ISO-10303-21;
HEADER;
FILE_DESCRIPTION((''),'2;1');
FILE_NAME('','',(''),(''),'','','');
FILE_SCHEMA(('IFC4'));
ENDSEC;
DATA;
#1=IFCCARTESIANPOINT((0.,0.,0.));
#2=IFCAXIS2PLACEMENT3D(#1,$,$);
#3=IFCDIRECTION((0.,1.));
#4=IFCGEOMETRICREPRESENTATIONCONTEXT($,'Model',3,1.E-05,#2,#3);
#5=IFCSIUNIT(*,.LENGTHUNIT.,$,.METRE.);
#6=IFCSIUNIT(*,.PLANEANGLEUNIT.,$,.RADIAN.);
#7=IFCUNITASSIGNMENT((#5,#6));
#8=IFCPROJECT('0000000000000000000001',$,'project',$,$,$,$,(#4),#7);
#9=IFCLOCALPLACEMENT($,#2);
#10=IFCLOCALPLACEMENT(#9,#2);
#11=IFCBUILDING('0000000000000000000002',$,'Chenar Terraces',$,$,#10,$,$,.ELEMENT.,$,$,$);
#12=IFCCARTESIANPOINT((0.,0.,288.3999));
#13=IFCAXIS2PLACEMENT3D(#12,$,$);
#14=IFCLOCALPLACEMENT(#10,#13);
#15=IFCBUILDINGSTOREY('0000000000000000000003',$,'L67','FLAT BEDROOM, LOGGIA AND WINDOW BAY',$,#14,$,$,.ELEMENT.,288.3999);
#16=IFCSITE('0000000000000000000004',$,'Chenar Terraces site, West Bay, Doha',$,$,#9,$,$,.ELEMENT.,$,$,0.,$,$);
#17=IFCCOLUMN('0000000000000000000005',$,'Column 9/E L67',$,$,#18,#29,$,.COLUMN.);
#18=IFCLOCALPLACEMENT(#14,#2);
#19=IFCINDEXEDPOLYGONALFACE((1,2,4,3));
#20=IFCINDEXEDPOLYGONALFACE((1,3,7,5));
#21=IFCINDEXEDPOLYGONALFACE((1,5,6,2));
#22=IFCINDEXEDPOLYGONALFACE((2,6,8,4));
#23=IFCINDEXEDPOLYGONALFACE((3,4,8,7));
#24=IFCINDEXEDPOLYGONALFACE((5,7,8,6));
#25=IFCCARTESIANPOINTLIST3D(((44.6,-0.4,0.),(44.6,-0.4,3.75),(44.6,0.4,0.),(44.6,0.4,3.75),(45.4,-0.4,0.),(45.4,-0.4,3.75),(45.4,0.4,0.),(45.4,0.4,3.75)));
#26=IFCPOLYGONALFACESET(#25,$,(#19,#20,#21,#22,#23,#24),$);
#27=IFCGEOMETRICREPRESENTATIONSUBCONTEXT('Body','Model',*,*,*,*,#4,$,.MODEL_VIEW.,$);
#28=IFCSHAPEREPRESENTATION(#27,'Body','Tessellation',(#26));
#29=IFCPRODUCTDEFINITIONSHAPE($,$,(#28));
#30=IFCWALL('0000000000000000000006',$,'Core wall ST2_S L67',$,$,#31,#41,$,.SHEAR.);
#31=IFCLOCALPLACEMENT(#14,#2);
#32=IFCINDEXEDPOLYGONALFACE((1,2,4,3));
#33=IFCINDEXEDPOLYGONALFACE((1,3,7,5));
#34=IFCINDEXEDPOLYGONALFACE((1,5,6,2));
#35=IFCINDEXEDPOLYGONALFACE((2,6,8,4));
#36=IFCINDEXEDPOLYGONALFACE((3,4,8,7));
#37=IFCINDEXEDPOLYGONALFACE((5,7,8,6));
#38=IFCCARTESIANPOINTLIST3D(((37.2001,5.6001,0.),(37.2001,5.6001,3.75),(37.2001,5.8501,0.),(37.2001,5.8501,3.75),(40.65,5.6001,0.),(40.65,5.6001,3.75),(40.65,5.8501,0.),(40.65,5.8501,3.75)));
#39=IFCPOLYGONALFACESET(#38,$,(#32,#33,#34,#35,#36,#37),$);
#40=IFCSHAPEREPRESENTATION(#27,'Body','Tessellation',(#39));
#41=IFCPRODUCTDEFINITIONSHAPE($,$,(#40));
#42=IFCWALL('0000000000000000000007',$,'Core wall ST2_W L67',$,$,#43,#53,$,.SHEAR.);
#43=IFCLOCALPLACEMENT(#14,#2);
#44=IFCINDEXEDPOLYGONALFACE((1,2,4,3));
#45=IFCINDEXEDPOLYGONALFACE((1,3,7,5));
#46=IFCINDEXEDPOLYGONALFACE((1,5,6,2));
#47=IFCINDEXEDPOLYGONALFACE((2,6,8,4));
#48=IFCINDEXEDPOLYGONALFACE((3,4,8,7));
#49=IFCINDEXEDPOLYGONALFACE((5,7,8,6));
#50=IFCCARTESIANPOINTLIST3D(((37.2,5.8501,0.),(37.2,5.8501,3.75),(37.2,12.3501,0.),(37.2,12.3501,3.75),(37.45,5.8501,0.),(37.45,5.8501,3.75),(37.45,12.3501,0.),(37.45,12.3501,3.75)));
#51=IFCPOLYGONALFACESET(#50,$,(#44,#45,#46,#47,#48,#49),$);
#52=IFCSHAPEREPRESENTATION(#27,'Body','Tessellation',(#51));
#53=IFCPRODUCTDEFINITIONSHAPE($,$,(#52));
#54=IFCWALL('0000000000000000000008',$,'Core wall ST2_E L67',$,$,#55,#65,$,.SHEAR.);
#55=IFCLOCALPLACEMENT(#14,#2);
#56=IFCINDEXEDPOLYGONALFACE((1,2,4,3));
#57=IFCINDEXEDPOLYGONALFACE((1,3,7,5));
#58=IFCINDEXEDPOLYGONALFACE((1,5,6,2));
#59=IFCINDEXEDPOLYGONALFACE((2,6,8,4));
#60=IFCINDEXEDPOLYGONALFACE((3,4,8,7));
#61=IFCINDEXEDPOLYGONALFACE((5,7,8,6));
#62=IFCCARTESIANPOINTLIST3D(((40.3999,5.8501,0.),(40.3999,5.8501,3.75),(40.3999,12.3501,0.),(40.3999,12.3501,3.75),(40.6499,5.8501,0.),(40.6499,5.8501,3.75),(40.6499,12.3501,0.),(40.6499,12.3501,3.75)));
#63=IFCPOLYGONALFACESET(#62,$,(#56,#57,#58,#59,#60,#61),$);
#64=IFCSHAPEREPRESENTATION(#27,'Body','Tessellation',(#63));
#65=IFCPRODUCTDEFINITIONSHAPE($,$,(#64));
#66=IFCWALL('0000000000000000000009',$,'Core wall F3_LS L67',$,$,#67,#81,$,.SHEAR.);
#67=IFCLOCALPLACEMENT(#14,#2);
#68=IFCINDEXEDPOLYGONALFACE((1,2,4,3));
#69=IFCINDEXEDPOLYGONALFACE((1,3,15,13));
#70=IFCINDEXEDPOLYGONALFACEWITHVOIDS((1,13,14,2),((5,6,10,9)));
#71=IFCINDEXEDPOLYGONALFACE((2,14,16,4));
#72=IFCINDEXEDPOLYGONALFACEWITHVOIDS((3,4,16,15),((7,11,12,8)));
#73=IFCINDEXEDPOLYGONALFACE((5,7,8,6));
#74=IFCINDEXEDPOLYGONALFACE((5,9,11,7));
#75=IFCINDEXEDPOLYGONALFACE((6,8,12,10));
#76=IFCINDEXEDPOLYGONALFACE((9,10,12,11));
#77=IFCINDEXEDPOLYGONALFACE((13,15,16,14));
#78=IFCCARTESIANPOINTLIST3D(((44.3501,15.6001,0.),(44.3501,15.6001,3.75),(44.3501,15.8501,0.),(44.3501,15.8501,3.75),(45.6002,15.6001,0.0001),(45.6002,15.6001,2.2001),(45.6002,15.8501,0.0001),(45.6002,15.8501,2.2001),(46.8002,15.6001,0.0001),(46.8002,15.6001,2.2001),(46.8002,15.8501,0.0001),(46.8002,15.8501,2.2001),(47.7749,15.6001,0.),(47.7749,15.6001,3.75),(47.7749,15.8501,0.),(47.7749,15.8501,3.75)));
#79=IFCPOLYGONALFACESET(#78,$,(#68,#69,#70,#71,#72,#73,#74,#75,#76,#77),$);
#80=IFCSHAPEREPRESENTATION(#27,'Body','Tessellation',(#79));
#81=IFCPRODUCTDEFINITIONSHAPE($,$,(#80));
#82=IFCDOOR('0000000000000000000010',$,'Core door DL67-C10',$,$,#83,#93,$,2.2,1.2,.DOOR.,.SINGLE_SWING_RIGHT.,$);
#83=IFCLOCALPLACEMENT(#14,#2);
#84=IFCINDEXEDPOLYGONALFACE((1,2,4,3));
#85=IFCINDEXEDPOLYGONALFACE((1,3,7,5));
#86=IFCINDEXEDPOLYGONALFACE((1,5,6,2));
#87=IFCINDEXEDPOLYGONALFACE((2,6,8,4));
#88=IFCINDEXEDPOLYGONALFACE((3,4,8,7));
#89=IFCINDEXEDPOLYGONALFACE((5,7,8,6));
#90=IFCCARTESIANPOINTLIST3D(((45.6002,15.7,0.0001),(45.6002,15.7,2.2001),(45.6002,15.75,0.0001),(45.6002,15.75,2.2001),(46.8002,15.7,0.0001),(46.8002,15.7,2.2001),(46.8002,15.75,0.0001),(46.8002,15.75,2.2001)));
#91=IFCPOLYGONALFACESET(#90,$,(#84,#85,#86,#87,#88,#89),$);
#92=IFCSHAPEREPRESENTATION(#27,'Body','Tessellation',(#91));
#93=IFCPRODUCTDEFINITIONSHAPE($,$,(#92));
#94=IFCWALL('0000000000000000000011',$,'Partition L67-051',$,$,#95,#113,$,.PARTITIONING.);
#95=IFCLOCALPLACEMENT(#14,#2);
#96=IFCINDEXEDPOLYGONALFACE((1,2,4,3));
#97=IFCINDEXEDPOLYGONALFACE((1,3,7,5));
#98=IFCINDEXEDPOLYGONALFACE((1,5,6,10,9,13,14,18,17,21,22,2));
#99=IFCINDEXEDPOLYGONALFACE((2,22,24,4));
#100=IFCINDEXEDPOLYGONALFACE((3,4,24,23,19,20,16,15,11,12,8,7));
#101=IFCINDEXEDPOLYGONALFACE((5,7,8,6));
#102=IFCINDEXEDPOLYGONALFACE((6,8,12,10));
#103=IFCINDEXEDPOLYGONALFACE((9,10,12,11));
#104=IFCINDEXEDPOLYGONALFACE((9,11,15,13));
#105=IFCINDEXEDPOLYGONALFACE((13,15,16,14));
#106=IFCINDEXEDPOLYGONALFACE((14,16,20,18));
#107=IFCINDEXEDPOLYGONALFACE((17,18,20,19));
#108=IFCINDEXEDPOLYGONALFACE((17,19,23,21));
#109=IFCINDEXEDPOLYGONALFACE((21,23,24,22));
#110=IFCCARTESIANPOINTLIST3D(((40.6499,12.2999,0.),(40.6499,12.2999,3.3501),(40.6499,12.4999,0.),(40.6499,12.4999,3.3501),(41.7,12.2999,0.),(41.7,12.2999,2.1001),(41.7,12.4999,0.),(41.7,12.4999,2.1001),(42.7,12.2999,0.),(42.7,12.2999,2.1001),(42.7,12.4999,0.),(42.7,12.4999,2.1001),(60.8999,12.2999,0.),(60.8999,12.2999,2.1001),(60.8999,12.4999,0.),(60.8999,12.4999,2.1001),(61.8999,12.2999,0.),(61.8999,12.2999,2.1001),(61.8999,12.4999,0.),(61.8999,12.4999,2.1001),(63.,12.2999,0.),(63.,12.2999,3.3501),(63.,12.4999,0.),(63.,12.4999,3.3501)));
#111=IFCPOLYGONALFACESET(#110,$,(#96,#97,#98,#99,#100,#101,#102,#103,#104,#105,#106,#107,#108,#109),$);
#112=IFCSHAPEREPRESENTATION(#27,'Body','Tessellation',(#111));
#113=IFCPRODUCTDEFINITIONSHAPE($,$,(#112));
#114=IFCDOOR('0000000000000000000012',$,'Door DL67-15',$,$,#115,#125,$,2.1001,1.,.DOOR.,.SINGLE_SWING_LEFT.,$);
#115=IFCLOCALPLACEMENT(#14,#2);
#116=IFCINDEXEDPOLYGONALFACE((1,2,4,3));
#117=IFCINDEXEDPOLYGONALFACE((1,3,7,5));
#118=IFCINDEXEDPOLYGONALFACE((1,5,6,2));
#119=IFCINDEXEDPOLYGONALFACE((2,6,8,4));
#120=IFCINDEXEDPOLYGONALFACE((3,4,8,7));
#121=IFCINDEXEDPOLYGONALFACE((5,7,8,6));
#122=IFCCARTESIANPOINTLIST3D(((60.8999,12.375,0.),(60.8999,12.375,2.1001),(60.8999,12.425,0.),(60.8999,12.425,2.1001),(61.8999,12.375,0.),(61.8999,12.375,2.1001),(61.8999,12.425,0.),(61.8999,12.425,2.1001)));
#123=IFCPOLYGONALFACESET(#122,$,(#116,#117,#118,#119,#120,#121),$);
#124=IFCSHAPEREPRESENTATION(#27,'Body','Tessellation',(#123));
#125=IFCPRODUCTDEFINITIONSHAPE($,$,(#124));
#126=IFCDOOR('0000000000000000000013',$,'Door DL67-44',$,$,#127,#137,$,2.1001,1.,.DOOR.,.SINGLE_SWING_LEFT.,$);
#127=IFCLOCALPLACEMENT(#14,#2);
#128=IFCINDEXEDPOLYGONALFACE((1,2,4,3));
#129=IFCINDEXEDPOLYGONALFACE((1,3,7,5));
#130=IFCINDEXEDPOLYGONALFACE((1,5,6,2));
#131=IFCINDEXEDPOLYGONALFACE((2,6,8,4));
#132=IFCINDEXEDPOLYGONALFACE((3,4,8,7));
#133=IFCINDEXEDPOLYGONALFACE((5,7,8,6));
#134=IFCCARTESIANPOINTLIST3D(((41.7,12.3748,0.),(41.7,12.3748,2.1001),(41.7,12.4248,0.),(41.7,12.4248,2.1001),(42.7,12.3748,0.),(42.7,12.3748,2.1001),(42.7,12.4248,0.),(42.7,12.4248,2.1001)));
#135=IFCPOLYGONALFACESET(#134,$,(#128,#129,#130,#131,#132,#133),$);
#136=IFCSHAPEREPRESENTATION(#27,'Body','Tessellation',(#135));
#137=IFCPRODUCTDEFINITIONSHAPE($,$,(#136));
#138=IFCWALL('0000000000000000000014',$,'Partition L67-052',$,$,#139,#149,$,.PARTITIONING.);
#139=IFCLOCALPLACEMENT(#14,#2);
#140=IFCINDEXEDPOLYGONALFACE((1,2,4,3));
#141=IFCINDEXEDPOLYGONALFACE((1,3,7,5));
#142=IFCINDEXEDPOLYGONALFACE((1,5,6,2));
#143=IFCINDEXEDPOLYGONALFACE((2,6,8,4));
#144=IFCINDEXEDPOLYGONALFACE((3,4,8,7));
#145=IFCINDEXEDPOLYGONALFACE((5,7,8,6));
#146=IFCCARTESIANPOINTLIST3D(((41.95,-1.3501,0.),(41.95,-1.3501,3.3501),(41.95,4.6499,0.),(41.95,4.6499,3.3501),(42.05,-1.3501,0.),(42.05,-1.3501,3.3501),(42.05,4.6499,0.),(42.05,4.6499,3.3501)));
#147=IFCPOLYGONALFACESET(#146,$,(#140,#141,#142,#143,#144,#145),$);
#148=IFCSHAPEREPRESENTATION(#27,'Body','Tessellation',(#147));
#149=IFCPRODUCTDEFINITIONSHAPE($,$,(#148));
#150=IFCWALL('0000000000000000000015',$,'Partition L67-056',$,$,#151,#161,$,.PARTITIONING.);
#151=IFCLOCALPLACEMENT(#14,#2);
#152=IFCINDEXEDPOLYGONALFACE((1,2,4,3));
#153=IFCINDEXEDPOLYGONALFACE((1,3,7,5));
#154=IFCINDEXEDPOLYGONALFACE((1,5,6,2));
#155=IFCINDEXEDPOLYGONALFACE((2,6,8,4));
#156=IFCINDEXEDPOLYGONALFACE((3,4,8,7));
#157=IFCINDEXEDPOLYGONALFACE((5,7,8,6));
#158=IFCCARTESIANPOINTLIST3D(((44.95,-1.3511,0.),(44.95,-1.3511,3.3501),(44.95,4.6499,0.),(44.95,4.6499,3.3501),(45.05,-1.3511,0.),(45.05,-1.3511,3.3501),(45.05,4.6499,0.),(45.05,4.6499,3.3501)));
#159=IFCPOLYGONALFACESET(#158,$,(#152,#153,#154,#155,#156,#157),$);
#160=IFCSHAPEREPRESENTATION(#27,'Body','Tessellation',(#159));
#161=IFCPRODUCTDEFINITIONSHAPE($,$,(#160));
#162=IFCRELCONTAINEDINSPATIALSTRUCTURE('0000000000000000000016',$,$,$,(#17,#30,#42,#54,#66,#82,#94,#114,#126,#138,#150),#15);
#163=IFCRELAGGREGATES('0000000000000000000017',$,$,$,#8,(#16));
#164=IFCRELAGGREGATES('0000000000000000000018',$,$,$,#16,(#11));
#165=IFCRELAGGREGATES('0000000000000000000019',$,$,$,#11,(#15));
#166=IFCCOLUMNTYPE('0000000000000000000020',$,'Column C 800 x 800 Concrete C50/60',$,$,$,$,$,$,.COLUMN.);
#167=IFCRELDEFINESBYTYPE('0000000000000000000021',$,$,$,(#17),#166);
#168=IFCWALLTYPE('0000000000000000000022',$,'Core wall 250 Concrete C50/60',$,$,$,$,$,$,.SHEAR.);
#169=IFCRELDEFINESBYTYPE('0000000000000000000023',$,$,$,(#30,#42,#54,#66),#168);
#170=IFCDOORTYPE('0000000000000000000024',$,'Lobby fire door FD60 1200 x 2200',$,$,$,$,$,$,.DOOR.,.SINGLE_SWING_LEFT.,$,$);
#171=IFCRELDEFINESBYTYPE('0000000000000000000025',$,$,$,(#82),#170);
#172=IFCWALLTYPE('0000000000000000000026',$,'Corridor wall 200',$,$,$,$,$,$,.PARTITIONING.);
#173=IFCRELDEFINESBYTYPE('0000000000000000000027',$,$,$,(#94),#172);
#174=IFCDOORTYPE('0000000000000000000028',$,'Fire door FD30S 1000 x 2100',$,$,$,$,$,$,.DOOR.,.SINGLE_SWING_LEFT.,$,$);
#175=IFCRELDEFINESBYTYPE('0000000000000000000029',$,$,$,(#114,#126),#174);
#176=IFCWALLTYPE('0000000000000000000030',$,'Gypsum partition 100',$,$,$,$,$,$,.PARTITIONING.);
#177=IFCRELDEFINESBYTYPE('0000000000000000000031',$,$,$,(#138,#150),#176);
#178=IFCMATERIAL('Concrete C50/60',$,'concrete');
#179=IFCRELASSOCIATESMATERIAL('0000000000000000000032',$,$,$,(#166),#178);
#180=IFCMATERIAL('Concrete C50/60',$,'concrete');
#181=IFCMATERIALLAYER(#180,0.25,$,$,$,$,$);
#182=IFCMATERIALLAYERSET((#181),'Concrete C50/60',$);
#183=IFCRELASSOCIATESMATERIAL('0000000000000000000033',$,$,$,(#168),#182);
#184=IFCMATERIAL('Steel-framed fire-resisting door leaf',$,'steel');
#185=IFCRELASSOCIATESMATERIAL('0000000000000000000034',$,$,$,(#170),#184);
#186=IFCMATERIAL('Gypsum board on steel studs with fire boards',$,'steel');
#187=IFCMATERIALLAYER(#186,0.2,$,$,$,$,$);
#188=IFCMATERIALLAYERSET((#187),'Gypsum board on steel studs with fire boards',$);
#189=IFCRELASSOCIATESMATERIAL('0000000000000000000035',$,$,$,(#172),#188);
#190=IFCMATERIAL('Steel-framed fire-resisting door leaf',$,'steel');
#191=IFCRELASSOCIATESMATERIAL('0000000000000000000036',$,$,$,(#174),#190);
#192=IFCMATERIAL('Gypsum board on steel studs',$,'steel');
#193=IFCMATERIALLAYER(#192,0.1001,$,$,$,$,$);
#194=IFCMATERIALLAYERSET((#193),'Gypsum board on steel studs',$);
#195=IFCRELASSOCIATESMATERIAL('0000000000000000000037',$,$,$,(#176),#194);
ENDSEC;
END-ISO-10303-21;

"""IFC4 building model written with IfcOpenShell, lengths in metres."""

from ifc_helpers import new_model, si_unit, direction, frame, frame_2d, origin, origin_2d, place, context, subcontext, project, spatial, rectangle, extrude, material, layer, layer_set, material_profile, profile_set, type_object, element, fill, save


model = new_model("IFC4")

# Units and contexts
model_context = context("Model", 3, precision=1e-05, world=origin(), true_north=direction((0.0, 1.0)))
body_context = subcontext(model_context, "Body", "Model", "MODEL_VIEW")
ifc_project = project(units=[si_unit("LENGTHUNIT", "METRE"), si_unit("PLANEANGLEUNIT", "RADIAN")], contexts=[model_context])

# Site, building, storey
site_placement = place(None, origin())
site = spatial("IfcSite", under=ifc_project, at=site_placement, Name="Chenar Terraces site, West Bay, Doha", CompositionType="ELEMENT", RefElevation=0.0)
building_placement = place(site_placement, origin())
building = spatial("IfcBuilding", under=site, at=building_placement, Name="Chenar Terraces", CompositionType="ELEMENT")
storey_placement = place(building_placement, frame((0.0, 0.0, 288.3999)))
storey = spatial("IfcBuildingStorey", under=building, at=storey_placement, Name="L67", Description="FLAT BEDROOM, LOGGIA AND WINDOW BAY", CompositionType="ELEMENT", Elevation=288.3999)

# Column
ifc_material_1 = material(Name="Concrete C50/60", Category="concrete")
ifc_material_profile_1 = material_profile(ifc_material_1, rectangle(XDim=0.8, YDim=0.8, at=origin_2d()), Name="C 800 x 800")
ifc_profile_set_1 = profile_set([ifc_material_profile_1], Name="Concrete C50/60")
column_type = type_object("IfcColumnType", Name="Column C 800 x 800 Concrete C50/60", PredefinedType="COLUMN", material=ifc_profile_set_1)
column_placement = place(storey_placement, frame((45.0, 0.0, 0.0), z_axis=(0.0, 0.0, 1.0), x_axis=(1.0, 0.0, 0.0)))
element("IfcColumn", 1, at=column_placement, inside=storey, type_object=column_type, Name="Column 9/E L67", PredefinedType="COLUMN", context=body_context, shape_type="SweptSolid", body=[
    extrude(rectangle(XDim=0.8, YDim=0.8, at=origin_2d()), origin(), (0.0, 0.0, 1.0), 3.75),
])

# Walls
ifc_material_2 = material(Name="Concrete C50/60", Category="concrete")
ifc_layer_1 = layer(ifc_material_2, 0.25)
ifc_layer_set_1 = layer_set([ifc_layer_1], Name="Concrete C50/60")
wall_type_1 = type_object("IfcWallType", Name="Core wall 250 Concrete C50/60", PredefinedType="SHEAR", material=ifc_layer_set_1)
wall_1_placement = place(storey_placement, frame((37.2, 5.7251, 0.0), z_axis=(0.0, 0.0, 1.0), x_axis=(1.0, 0.0, 0.0)))
element("IfcWall", 2, at=wall_1_placement, inside=storey, type_object=wall_type_1, Name="Core wall ST2_S L67", PredefinedType="SHEAR", context=body_context, shape_type="SweptSolid", body=[
    extrude(rectangle(XDim=3.45, YDim=0.25, at=frame_2d((1.7251, 0.0))), origin(), (0.0, 0.0, 1.0), 3.75),
])
for number, where, z_axis, x_axis, name in (
    (3, (37.325, 5.8501, 0.0), (0.0, 0.0, 1.0), (0.0, 1.0, 0.0), "Core wall ST2_W L67"),
    (4, (40.5249, 5.8501, 0.0), (0.0, 0.0, 1.0), (0.0, 1.0, 0.0), "Core wall ST2_E L67"),
):
    element("IfcWall", number, at=place(storey_placement, frame(where, z_axis=z_axis, x_axis=x_axis)), inside=storey, type_object=wall_type_1, Name=name, PredefinedType="SHEAR", context=body_context, shape_type="SweptSolid", body=[
        extrude(rectangle(XDim=6.5, YDim=0.25, at=frame_2d((3.25, 0.0))), origin(), (0.0, 0.0, 1.0), 3.75),
    ])

# Wall, opening, door
wall_2_placement = place(storey_placement, frame((44.3501, 15.7251, 0.0), z_axis=(0.0, 0.0, 1.0), x_axis=(1.0, 0.0, 0.0)))
wall_2 = element("IfcWall", 5, at=wall_2_placement, inside=storey, type_object=wall_type_1, Name="Core wall F3_LS L67", PredefinedType="SHEAR", context=body_context, shape_type="SweptSolid", body=[
    extrude(rectangle(XDim=3.4248, YDim=0.25, at=frame_2d((1.7124, 0.0))), origin(), (0.0, 0.0, 1.0), 3.75),
])
opening_1_placement = place(wall_2_placement, frame((1.25, 0.0, 0.0)))
opening_1 = element("IfcOpeningElement", 6, at=opening_1_placement, cuts=wall_2, PredefinedType="OPENING", context=body_context, shape_type="SweptSolid", body=[
    extrude(rectangle(XDim=1.2, YDim=2.2, at=frame_2d((0.6001, 1.1001))), frame((0.0, 0.135, 0.0), z_axis=(0.0, -1.0, 0.0), x_axis=(1.0, 0.0, 0.0)), (0.0, 0.0, 1.0), 0.27),
])
ifc_material_3 = material(Name="Steel-framed fire-resisting door leaf", Category="steel")
door_type_1 = type_object("IfcDoorType", Name="Lobby fire door FD60 1200 x 2200", OperationType="SINGLE_SWING_LEFT", PredefinedType="DOOR", material=ifc_material_3)
door_1_placement = place(opening_1_placement, origin())
door_1 = element("IfcDoor", 7, at=door_1_placement, inside=storey, type_object=door_type_1, Name="Core door DL67-C10", OperationType="SINGLE_SWING_RIGHT", OverallHeight=2.2, OverallWidth=1.2, PredefinedType="DOOR", context=body_context, shape_type="SweptSolid", body=[
    extrude(rectangle(XDim=1.2, YDim=2.2, at=frame_2d((0.6001, 1.1001))), frame((0.0, 0.0249, 0.0), z_axis=(0.0, -1.0, 0.0), x_axis=(1.0, 0.0, 0.0)), (0.0, 0.0, 1.0), 0.05),
])
fill(opening_1, door_1)

# Wall, openings, doors
ifc_material_4 = material(Name="Gypsum board on steel studs with fire boards", Category="steel")
ifc_layer_2 = layer(ifc_material_4, 0.2)
ifc_layer_set_2 = layer_set([ifc_layer_2], Name="Gypsum board on steel studs with fire boards")
wall_type_2 = type_object("IfcWallType", Name="Corridor wall 200", PredefinedType="PARTITIONING", material=ifc_layer_set_2)
wall_3_placement = place(storey_placement, frame((40.6499, 12.3999, 0.0), z_axis=(0.0, 0.0, 1.0), x_axis=(1.0, 0.0, 0.0)))
wall_3 = element("IfcWall", 8, at=wall_3_placement, inside=storey, type_object=wall_type_2, Name="Partition L67-051", PredefinedType="PARTITIONING", context=body_context, shape_type="SweptSolid", body=[
    extrude(rectangle(XDim=22.3501, YDim=0.2, at=frame_2d((11.175, 0.0))), origin(), (0.0, 0.0, 1.0), 3.3501),
])
opening_2_placement = place(wall_3_placement, frame((20.25, 0.0, 0.0)))
opening_2 = element("IfcOpeningElement", 9, at=opening_2_placement, cuts=wall_3, PredefinedType="OPENING", context=body_context, shape_type="SweptSolid", body=[
    extrude(rectangle(XDim=1.0, YDim=2.1001, at=frame_2d((0.5, 1.05))), frame((0.0, 0.1099, 0.0), z_axis=(0.0, -1.0, 0.0), x_axis=(1.0, 0.0, 0.0)), (0.0, 0.0, 1.0), 0.22),
])
opening_3_placement = place(wall_3_placement, frame((1.05, 0.0, 0.0)))
opening_3 = element("IfcOpeningElement", 10, at=opening_3_placement, cuts=wall_3, PredefinedType="OPENING", context=body_context, shape_type="SweptSolid", body=[
    extrude(rectangle(XDim=1.0, YDim=2.1001, at=frame_2d((0.5, 1.05))), frame((0.0, 0.1099, 0.0), z_axis=(0.0, -1.0, 0.0), x_axis=(1.0, 0.0, 0.0)), (0.0, 0.0, 1.0), 0.22),
])
ifc_material_5 = material(Name="Steel-framed fire-resisting door leaf", Category="steel")
door_type_2 = type_object("IfcDoorType", Name="Fire door FD30S 1000 x 2100", OperationType="SINGLE_SWING_LEFT", PredefinedType="DOOR", material=ifc_material_5)
door_2_placement = place(opening_2_placement, frame((1.0, 0.0, 0.0), z_axis=(0.0, 0.0, 1.0), x_axis=(-1.0, 0.0, 0.0)))
door_2 = element("IfcDoor", 11, at=door_2_placement, inside=storey, type_object=door_type_2, Name="Door DL67-15", OperationType="SINGLE_SWING_LEFT", OverallHeight=2.1001, OverallWidth=1.0, PredefinedType="DOOR", context=body_context, shape_type="SweptSolid", body=[
    extrude(rectangle(XDim=1.0, YDim=2.1001, at=frame_2d((0.5, 1.05))), frame((0.0, 0.0249, 0.0), z_axis=(0.0, -1.0, 0.0), x_axis=(1.0, 0.0, 0.0)), (0.0, 0.0, 1.0), 0.05),
])
fill(opening_2, door_2)
door_3_placement = place(opening_3_placement, origin())
door_3 = element("IfcDoor", 12, at=door_3_placement, inside=storey, type_object=door_type_2, Name="Door DL67-44", OperationType="SINGLE_SWING_LEFT", OverallHeight=2.1001, OverallWidth=1.0, PredefinedType="DOOR", context=body_context, shape_type="SweptSolid", body=[
    extrude(rectangle(XDim=1.0, YDim=2.1001, at=frame_2d((0.5, 1.05))), frame((0.0, 0.0249, 0.0), z_axis=(0.0, -1.0, 0.0), x_axis=(1.0, 0.0, 0.0)), (0.0, 0.0, 1.0), 0.05),
])
fill(opening_3, door_3)

# Walls
ifc_material_6 = material(Name="Gypsum board on steel studs", Category="steel")
ifc_layer_3 = layer(ifc_material_6, 0.1001)
ifc_layer_set_3 = layer_set([ifc_layer_3], Name="Gypsum board on steel studs")
wall_type_3 = type_object("IfcWallType", Name="Gypsum partition 100", PredefinedType="PARTITIONING", material=ifc_layer_set_3)
wall_4_placement = place(storey_placement, frame((42.0, -1.3501, 0.0), z_axis=(0.0, 0.0, 1.0), x_axis=(0.0, 1.0, 0.0)))
element("IfcWall", 13, at=wall_4_placement, inside=storey, type_object=wall_type_3, Name="Partition L67-052", PredefinedType="PARTITIONING", context=body_context, shape_type="SweptSolid", body=[
    extrude(rectangle(XDim=6.0, YDim=0.1001, at=frame_2d((3.0, 0.0))), origin(), (0.0, 0.0, 1.0), 3.3501),
])
wall_5_placement = place(storey_placement, frame((45.0, -1.3511, 0.0), z_axis=(0.0, 0.0, 1.0), x_axis=(0.0, 1.0, 0.0)))
element("IfcWall", 14, at=wall_5_placement, inside=storey, type_object=wall_type_3, Name="Partition L67-056", PredefinedType="PARTITIONING", context=body_context, shape_type="SweptSolid", body=[
    extrude(rectangle(XDim=6.001, YDim=0.1001, at=frame_2d((3.0005, 0.0))), origin(), (0.0, 0.0, 1.0), 3.3501),
])

save(model, "model.ifc")
